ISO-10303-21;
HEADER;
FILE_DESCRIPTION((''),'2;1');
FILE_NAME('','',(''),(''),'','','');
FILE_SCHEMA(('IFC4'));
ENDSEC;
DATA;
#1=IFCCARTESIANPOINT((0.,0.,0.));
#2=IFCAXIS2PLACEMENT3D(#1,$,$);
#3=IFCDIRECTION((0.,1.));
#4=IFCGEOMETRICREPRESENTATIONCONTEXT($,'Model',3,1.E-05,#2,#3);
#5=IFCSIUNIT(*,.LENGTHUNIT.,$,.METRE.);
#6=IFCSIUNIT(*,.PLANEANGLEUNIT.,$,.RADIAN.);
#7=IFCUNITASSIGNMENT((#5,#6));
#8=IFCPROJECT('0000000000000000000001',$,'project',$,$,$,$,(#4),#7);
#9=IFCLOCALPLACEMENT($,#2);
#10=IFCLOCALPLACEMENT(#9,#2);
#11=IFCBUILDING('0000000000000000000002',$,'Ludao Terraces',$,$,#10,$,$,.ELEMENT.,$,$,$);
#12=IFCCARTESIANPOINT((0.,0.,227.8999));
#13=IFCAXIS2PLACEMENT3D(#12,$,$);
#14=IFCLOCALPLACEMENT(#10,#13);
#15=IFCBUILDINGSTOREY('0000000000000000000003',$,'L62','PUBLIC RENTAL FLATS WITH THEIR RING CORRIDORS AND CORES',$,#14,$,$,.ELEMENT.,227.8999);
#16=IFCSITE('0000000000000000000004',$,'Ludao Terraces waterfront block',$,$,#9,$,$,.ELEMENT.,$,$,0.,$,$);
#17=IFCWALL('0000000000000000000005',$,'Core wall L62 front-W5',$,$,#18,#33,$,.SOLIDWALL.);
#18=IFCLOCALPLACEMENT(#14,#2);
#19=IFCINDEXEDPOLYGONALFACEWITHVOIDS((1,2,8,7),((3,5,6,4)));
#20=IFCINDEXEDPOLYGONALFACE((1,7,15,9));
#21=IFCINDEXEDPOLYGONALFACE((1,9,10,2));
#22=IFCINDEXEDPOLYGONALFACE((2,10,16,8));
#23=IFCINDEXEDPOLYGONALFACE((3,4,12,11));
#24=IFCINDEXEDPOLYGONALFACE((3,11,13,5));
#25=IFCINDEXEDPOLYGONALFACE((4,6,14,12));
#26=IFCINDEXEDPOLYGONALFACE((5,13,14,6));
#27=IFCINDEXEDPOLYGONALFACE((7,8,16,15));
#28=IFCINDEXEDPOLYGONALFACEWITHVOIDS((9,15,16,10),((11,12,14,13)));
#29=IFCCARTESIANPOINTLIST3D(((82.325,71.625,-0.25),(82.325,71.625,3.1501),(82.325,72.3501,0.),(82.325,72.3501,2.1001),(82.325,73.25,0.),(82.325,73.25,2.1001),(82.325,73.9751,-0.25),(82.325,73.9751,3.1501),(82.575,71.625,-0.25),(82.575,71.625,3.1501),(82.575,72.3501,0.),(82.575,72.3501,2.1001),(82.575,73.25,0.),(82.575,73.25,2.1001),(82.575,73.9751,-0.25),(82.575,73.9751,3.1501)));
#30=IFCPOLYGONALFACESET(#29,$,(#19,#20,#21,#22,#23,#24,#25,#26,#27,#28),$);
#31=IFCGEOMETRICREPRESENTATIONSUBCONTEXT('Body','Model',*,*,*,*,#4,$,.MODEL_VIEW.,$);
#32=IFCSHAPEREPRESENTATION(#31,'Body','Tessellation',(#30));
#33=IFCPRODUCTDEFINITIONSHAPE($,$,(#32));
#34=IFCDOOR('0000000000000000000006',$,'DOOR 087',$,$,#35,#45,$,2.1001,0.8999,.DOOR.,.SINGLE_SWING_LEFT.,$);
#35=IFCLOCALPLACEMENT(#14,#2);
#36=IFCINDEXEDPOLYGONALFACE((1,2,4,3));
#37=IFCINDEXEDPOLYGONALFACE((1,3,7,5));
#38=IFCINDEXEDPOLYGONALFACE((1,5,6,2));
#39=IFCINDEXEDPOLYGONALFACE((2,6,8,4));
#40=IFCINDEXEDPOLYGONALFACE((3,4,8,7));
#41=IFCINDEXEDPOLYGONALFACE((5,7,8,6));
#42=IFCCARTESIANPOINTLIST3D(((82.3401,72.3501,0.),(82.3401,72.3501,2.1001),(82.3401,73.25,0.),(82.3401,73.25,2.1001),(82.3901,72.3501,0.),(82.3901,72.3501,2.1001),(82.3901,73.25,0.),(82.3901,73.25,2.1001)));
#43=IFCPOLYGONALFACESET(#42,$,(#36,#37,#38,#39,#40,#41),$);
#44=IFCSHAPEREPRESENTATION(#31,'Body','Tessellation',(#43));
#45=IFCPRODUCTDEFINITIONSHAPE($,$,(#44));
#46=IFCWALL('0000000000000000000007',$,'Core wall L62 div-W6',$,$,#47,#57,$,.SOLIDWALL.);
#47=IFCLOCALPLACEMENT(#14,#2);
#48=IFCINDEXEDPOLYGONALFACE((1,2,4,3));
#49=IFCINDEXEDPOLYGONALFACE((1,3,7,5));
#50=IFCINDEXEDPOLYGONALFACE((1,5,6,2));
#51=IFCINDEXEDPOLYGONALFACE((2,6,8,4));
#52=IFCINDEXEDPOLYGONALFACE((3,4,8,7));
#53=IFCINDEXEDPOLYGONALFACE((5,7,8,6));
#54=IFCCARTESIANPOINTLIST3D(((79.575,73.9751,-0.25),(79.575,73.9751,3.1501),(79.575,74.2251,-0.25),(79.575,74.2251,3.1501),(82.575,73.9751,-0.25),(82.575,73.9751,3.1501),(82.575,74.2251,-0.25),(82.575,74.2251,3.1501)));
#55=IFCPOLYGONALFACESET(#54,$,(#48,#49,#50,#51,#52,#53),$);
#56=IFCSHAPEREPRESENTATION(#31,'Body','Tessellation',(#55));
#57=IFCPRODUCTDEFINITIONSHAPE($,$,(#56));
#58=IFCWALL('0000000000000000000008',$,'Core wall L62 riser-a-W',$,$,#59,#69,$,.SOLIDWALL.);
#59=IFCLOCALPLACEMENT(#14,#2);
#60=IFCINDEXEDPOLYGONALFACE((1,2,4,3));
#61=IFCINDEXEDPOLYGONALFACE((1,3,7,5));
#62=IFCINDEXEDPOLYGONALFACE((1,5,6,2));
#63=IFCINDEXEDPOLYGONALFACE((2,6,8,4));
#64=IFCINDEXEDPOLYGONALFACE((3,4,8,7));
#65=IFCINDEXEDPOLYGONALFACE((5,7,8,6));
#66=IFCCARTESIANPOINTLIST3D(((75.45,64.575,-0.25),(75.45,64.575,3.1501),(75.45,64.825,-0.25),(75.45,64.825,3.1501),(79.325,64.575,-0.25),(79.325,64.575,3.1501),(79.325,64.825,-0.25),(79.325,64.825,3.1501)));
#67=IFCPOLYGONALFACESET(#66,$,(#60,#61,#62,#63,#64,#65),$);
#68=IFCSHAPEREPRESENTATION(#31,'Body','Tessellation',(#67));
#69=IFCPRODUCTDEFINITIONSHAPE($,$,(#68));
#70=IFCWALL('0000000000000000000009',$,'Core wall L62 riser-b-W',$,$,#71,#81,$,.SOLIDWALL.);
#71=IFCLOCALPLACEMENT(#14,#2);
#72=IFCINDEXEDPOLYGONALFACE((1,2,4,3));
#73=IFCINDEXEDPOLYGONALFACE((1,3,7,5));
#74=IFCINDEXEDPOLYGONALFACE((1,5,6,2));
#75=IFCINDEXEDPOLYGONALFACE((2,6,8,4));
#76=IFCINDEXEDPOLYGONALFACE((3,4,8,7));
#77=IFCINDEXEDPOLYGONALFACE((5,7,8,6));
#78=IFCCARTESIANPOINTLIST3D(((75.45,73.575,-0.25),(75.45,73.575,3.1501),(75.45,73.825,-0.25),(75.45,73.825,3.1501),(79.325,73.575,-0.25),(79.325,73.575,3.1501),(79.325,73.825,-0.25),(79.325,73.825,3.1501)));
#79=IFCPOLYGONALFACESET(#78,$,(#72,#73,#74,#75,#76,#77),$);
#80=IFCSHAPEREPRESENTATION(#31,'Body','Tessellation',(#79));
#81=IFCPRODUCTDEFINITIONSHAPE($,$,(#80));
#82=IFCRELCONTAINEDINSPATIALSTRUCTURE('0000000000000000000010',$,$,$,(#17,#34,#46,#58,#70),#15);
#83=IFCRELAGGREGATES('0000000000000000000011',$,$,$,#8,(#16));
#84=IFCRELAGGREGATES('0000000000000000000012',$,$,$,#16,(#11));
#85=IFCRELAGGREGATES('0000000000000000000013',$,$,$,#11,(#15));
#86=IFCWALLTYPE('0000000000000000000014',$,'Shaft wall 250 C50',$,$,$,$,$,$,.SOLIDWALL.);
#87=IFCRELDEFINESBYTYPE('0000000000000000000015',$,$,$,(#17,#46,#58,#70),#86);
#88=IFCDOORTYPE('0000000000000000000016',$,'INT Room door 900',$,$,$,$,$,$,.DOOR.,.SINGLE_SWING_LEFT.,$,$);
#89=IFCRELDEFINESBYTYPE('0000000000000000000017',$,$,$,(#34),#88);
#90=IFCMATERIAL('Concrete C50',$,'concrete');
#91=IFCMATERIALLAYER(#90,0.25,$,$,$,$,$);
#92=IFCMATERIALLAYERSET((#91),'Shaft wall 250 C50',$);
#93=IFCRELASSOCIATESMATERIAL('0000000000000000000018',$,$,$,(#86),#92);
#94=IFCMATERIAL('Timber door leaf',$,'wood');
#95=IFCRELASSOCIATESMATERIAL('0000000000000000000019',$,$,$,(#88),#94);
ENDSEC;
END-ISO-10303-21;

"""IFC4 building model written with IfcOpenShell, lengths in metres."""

from ifc_helpers import new_model, si_unit, direction, frame, frame_2d, origin, place, context, subcontext, project, spatial, rectangle, extrude, material, layer, layer_set, type_object, element, fill, save


model = new_model("IFC4")

# Units and contexts
model_context = context("Model", 3, precision=1e-05, world=origin(), true_north=direction((0.0, 1.0)))
body_context = subcontext(model_context, "Body", "Model", "MODEL_VIEW")
ifc_project = project(units=[si_unit("LENGTHUNIT", "METRE"), si_unit("PLANEANGLEUNIT", "RADIAN")], contexts=[model_context])

# Site, building, storey
site_placement = place(None, origin())
site = spatial("IfcSite", under=ifc_project, at=site_placement, Name="Ludao Terraces waterfront block", CompositionType="ELEMENT", RefElevation=0.0)
building_placement = place(site_placement, origin())
building = spatial("IfcBuilding", under=site, at=building_placement, Name="Ludao Terraces", CompositionType="ELEMENT")
storey_placement = place(building_placement, frame((0.0, 0.0, 227.8999)))
storey = spatial("IfcBuildingStorey", under=building, at=storey_placement, Name="L62", Description="PUBLIC RENTAL FLATS WITH THEIR RING CORRIDORS AND CORES", CompositionType="ELEMENT", Elevation=227.8999)

# Shared definitions
ifc_material_1 = material(Name="Concrete C50", Category="concrete")

# Shared definitions
ifc_material_2 = material(Name="Timber door leaf", Category="wood")

# Shared definitions
ifc_layer_1 = layer(ifc_material_1, 0.25)
ifc_layer_set_1 = layer_set([ifc_layer_1], Name="Shaft wall 250 C50")
wall_type_1 = type_object("IfcWallType", Name="Shaft wall 250 C50", PredefinedType="SOLIDWALL", material=ifc_layer_set_1)
door_type_1 = type_object("IfcDoorType", Name="INT Room door 900", OperationType="SINGLE_SWING_LEFT", PredefinedType="DOOR", material=ifc_material_2)

# Wall, opening, door
wall_1_placement = place(storey_placement, frame((82.45, 71.625, -0.25), z_axis=(0.0, 0.0, 1.0), x_axis=(0.0, 1.0, 0.0)))
wall_1 = element("IfcWall", 1, at=wall_1_placement, inside=storey, type_object=wall_type_1, Name="Core wall L62 front-W5", PredefinedType="SOLIDWALL", context=body_context, shape_type="SweptSolid", body=[
    extrude(rectangle(XDim=2.3501, YDim=0.25, at=frame_2d((1.175, 0.0))), origin(), (0.0, 0.0, 1.0), 3.4001),
])
opening_1_placement = place(wall_1_placement, frame((0.7251, 0.0, 0.25)))
opening_1 = element("IfcOpeningElement", 2, at=opening_1_placement, cuts=wall_1, PredefinedType="OPENING", context=body_context, shape_type="SweptSolid", body=[
    extrude(rectangle(XDim=0.8999, YDim=2.1001, at=frame_2d((0.45, 1.05))), frame((0.0, 0.135, 0.0), z_axis=(0.0, -1.0, 0.0), x_axis=(1.0, 0.0, 0.0)), (0.0, 0.0, 1.0), 0.27),
])
door_1_placement = place(opening_1_placement, origin())
door_1 = element("IfcDoor", 3, at=door_1_placement, inside=storey, type_object=door_type_1, Name="DOOR 087", OperationType="SINGLE_SWING_LEFT", OverallHeight=2.1001, OverallWidth=0.8999, PredefinedType="DOOR", context=body_context, shape_type="SweptSolid", body=[
    extrude(rectangle(XDim=0.8999, YDim=2.1001, at=frame_2d((0.45, 1.05))), frame((0.0, 0.1099, 0.0), z_axis=(0.0, -1.0, 0.0), x_axis=(1.0, 0.0, 0.0)), (0.0, 0.0, 1.0), 0.05),
])
fill(opening_1, door_1)

# Walls
wall_2_placement = place(storey_placement, frame((79.575, 74.1001, -0.25), z_axis=(0.0, 0.0, 1.0), x_axis=(1.0, 0.0, 0.0)))
element("IfcWall", 4, at=wall_2_placement, inside=storey, type_object=wall_type_1, Name="Core wall L62 div-W6", PredefinedType="SOLIDWALL", context=body_context, shape_type="SweptSolid", body=[
    extrude(rectangle(XDim=3.0, YDim=0.25, at=frame_2d((1.5, 0.0))), origin(), (0.0, 0.0, 1.0), 3.4001),
])
for number, where, z_axis, x_axis, name in (
    (5, (75.45, 64.7, -0.25), (0.0, 0.0, 1.0), (1.0, 0.0, 0.0), "Core wall L62 riser-a-W"),
    (6, (75.45, 73.7, -0.25), (0.0, 0.0, 1.0), (1.0, 0.0, 0.0), "Core wall L62 riser-b-W"),
):
    element("IfcWall", number, at=place(storey_placement, frame(where, z_axis=z_axis, x_axis=x_axis)), inside=storey, type_object=wall_type_1, Name=name, PredefinedType="SOLIDWALL", context=body_context, shape_type="SweptSolid", body=[
        extrude(rectangle(XDim=3.875, YDim=0.25, at=frame_2d((1.9375, 0.0))), origin(), (0.0, 0.0, 1.0), 3.4001),
    ])

save(model, "model.ifc")
